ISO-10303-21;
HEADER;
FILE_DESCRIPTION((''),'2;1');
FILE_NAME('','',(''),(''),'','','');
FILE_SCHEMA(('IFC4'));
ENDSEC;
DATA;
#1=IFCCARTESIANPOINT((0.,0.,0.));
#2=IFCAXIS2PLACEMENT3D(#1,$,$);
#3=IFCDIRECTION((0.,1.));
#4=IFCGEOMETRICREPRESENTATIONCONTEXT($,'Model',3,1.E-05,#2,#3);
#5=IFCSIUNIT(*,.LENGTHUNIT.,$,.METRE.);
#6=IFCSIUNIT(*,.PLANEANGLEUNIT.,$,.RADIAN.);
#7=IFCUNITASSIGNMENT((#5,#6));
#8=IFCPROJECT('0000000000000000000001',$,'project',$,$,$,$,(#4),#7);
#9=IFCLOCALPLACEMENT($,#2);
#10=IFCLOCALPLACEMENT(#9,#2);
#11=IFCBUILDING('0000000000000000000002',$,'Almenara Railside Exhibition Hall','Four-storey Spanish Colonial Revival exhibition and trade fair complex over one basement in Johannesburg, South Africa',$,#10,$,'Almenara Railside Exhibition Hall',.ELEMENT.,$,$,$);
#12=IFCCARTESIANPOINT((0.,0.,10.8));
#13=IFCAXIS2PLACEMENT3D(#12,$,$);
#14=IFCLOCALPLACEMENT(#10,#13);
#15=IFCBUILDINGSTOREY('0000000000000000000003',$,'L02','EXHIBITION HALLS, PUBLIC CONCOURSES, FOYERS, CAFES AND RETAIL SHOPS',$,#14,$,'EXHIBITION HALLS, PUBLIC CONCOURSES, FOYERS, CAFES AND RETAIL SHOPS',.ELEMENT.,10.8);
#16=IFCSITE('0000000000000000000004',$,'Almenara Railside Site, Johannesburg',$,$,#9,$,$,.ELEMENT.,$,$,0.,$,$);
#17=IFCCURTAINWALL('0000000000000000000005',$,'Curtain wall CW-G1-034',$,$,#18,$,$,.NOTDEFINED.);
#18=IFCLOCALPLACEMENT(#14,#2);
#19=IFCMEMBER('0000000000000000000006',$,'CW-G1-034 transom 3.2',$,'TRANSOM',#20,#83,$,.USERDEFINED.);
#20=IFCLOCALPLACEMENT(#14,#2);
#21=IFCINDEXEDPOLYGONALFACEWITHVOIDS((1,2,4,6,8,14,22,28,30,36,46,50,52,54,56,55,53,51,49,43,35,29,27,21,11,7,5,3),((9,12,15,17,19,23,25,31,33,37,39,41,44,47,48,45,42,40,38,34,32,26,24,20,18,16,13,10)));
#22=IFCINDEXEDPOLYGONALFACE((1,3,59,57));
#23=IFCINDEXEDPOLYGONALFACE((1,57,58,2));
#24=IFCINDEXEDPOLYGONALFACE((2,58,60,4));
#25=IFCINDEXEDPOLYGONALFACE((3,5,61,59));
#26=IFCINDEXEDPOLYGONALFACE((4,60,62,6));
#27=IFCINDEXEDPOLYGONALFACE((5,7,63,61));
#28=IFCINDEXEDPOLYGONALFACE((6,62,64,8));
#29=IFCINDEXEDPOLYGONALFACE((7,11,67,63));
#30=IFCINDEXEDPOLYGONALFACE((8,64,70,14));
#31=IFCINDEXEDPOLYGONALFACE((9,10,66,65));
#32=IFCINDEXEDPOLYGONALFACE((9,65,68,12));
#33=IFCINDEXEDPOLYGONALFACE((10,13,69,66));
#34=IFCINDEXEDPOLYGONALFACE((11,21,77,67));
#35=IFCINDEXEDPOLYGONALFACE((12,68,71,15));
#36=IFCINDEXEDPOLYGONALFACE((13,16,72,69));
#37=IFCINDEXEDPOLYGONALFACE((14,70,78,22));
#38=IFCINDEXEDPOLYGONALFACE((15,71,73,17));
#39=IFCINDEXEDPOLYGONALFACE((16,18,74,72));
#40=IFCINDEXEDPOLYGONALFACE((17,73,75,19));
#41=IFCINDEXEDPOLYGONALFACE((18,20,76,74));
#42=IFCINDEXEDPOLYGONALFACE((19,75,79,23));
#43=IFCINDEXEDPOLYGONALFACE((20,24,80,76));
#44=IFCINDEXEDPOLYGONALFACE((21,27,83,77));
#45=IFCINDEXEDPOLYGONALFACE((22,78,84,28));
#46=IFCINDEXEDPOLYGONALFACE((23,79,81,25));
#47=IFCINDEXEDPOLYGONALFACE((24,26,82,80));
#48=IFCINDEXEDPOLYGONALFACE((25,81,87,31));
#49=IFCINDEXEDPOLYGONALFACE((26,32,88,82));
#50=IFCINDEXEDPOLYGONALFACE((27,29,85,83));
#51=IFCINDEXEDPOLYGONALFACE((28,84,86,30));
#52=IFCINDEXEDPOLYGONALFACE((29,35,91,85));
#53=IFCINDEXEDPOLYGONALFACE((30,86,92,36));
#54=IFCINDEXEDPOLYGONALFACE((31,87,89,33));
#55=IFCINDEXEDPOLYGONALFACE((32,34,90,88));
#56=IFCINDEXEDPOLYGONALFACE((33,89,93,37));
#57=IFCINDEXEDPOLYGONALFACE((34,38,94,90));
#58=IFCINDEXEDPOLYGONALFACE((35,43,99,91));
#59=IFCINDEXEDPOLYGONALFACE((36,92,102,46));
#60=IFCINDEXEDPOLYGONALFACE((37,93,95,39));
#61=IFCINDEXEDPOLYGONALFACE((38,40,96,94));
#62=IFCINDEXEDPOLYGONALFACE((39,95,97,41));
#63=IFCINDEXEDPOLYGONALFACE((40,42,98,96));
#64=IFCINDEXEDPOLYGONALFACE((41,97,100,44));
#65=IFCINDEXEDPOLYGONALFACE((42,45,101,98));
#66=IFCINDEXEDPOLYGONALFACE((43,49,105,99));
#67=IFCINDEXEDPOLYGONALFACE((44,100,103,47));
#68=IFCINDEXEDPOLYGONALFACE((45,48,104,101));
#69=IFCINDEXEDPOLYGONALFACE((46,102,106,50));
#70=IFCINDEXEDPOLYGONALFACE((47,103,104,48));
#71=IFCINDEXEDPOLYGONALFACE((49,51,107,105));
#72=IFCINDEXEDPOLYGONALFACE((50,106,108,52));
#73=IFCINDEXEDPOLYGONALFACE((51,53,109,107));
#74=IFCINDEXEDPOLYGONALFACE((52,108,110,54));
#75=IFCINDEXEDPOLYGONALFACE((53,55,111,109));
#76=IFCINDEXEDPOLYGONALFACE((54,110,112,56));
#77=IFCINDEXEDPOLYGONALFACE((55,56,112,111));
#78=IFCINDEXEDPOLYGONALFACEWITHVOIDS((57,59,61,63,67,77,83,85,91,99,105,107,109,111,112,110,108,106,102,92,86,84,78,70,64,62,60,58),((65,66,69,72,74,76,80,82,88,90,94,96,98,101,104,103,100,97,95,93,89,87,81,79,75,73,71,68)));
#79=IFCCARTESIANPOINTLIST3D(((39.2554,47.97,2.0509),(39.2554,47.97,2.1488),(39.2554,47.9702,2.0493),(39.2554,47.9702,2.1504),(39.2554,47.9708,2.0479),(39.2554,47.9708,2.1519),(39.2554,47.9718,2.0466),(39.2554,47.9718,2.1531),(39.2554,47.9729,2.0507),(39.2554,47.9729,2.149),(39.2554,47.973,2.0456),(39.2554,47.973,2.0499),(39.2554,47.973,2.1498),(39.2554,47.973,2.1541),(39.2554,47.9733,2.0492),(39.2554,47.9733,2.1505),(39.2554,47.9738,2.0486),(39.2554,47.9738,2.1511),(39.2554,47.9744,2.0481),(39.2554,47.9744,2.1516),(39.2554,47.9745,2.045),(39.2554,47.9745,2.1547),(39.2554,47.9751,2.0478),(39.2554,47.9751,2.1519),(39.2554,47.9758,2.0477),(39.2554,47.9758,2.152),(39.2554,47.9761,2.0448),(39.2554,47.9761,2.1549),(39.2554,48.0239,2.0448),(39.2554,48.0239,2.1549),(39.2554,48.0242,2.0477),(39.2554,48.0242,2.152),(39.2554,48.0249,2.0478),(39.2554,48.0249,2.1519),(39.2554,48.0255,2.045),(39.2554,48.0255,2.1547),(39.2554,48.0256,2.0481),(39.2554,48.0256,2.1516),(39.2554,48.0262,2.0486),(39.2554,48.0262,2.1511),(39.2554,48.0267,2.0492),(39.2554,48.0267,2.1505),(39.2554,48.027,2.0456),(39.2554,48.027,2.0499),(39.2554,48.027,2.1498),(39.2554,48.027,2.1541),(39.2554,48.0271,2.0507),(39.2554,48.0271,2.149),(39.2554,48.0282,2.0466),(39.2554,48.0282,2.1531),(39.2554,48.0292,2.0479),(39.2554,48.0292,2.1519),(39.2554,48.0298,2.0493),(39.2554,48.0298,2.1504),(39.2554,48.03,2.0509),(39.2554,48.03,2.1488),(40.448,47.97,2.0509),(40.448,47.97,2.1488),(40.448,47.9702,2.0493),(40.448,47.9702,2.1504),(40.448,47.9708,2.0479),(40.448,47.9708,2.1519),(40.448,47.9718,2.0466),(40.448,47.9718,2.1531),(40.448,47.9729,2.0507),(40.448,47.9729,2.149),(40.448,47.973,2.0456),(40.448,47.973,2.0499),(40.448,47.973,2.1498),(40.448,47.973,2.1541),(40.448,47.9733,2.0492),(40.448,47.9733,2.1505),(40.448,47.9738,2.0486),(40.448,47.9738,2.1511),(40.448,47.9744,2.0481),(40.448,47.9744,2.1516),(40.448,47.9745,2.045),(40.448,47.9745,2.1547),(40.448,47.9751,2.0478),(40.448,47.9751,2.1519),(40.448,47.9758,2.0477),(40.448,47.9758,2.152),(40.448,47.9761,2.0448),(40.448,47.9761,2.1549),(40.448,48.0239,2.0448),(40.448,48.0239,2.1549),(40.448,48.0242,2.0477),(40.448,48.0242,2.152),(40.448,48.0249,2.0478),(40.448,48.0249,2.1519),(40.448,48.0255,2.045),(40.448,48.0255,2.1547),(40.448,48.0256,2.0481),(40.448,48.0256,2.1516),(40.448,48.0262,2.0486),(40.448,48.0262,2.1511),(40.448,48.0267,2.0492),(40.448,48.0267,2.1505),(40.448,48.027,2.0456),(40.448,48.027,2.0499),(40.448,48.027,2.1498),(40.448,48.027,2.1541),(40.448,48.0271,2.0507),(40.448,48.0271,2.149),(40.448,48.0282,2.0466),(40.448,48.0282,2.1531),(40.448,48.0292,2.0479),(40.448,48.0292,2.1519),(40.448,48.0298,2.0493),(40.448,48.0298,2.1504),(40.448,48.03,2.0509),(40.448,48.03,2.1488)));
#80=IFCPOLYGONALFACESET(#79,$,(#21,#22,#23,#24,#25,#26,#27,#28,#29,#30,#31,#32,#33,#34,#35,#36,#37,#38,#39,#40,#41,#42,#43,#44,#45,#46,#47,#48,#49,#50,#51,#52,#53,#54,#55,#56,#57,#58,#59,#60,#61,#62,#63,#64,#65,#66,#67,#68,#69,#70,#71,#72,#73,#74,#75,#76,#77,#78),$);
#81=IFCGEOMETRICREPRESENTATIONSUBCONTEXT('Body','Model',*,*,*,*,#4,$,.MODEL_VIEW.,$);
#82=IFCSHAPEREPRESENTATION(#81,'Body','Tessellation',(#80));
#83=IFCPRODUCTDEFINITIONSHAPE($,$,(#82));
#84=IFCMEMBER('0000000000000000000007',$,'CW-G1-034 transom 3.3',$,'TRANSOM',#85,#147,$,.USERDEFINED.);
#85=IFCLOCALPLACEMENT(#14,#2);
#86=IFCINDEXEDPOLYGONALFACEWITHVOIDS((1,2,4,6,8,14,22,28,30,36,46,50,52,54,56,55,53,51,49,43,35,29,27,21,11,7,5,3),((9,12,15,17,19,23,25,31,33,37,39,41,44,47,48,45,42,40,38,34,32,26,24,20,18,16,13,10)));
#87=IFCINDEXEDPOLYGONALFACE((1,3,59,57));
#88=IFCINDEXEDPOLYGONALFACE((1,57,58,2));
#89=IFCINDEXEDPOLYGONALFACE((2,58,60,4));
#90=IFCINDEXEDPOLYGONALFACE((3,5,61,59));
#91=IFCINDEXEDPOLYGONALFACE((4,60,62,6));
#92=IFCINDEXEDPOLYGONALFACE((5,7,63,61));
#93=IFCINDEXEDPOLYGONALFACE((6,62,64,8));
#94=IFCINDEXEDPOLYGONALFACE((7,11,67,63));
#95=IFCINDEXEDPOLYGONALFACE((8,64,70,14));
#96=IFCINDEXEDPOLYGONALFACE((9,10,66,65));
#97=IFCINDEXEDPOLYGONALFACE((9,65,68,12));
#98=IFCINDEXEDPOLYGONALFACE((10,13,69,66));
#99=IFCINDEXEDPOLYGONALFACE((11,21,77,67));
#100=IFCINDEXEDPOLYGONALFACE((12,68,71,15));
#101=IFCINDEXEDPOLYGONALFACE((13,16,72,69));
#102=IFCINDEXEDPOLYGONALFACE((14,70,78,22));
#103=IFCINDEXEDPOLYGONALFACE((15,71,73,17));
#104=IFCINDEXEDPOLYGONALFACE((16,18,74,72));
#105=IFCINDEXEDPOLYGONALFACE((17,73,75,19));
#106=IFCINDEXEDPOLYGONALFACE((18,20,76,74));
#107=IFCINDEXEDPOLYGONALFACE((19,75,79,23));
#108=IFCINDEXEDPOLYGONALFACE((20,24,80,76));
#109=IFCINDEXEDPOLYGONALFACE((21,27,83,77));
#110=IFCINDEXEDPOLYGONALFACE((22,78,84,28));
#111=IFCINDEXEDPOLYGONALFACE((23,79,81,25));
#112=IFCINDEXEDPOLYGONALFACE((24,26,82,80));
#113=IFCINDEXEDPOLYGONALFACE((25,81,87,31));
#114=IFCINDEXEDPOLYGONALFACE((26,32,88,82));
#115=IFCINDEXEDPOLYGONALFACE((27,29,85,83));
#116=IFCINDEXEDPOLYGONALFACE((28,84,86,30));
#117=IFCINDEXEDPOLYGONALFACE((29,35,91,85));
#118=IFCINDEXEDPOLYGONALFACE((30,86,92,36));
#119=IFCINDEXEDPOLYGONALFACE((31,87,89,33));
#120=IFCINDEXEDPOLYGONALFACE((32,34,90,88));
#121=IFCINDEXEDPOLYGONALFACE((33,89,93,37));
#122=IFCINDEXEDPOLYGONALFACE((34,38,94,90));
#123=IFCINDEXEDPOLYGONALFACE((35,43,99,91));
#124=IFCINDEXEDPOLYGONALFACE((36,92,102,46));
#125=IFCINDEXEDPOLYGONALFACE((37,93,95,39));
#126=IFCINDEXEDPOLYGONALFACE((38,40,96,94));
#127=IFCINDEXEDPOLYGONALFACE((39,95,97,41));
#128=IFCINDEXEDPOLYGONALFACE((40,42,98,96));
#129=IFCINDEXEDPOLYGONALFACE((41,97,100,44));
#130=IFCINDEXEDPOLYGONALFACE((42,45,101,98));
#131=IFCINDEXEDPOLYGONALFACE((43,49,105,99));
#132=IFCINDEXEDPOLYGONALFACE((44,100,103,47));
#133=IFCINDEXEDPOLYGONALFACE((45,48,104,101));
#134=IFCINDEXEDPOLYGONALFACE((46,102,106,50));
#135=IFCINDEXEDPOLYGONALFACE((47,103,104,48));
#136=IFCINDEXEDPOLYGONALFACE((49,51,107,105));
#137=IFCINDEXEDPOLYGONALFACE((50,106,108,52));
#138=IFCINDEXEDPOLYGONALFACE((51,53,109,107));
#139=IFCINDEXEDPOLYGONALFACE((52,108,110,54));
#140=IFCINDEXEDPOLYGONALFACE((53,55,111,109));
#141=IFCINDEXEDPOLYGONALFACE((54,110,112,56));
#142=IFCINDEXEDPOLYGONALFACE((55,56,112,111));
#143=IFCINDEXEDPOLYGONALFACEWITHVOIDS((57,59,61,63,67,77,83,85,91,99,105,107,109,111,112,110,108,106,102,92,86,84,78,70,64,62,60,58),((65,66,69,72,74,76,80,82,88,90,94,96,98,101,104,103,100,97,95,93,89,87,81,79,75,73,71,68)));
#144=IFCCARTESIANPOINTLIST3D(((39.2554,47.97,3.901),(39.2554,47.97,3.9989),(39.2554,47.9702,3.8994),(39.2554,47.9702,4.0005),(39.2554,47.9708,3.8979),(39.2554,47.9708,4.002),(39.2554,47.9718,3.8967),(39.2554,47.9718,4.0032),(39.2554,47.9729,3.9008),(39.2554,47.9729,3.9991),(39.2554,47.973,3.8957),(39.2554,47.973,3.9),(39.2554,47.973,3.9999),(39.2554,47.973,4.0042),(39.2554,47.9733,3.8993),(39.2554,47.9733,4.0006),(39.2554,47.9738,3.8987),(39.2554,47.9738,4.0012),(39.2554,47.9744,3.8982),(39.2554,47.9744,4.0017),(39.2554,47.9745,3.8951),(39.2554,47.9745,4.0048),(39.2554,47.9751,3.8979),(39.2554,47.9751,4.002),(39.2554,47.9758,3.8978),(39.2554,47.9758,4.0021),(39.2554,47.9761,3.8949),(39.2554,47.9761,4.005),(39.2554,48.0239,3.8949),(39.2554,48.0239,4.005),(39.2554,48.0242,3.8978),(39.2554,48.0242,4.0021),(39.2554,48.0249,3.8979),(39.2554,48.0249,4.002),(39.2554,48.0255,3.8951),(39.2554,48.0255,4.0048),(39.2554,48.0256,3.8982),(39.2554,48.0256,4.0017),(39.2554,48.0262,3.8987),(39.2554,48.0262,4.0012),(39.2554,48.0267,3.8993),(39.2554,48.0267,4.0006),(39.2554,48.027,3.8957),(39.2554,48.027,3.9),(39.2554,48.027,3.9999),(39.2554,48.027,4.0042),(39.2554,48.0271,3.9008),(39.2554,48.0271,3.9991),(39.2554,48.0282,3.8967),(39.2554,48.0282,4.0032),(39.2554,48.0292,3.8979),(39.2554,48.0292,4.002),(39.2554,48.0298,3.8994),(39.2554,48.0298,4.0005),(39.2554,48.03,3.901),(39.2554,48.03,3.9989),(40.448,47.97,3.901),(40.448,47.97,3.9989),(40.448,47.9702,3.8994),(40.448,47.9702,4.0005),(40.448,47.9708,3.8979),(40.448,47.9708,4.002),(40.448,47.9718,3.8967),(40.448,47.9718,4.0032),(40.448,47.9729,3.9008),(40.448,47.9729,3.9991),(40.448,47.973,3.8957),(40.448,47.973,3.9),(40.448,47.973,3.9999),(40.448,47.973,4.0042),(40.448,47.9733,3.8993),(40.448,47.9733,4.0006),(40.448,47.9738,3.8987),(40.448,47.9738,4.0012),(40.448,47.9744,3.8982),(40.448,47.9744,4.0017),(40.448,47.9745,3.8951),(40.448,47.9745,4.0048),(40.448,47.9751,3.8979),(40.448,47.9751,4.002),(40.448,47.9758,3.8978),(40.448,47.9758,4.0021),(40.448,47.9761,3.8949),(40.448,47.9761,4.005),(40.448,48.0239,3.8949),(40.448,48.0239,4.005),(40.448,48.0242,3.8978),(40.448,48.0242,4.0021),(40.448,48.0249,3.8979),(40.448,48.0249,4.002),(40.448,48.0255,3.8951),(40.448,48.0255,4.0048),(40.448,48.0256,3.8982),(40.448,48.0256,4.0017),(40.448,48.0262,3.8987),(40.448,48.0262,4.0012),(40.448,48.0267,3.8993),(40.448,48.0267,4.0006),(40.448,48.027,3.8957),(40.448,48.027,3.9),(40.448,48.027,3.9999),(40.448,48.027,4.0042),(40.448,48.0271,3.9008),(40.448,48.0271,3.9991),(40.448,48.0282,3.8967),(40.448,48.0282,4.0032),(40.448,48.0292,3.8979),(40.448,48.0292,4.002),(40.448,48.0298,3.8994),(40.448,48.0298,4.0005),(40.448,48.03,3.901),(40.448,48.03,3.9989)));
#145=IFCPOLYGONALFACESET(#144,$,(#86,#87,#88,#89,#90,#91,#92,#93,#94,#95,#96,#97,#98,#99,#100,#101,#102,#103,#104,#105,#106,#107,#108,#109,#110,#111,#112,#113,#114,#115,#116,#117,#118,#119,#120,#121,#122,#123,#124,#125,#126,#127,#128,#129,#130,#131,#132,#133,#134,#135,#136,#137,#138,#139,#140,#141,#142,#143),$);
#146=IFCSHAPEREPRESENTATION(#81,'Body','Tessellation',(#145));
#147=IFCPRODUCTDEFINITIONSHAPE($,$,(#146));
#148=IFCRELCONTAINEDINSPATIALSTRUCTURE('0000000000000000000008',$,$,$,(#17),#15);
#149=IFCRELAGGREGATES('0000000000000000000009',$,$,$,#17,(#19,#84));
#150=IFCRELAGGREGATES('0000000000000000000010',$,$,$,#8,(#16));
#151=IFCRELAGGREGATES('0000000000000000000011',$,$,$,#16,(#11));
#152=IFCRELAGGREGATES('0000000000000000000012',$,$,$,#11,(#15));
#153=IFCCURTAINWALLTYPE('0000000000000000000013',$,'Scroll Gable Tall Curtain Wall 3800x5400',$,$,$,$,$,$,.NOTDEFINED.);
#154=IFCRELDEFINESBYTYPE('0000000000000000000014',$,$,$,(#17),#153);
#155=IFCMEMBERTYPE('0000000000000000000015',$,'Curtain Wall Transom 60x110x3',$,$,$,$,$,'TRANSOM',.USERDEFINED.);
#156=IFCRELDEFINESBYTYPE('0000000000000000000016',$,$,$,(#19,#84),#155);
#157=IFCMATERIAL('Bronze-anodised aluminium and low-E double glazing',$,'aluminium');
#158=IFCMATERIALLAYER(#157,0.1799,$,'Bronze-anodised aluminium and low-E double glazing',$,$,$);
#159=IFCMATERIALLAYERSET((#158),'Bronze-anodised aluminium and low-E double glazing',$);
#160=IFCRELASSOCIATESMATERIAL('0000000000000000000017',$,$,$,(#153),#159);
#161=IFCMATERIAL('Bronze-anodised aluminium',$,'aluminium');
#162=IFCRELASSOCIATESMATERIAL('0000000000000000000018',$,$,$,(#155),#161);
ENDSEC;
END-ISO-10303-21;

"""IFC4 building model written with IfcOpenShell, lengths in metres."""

from ifc_helpers import new_model, si_unit, direction, frame, origin, origin_2d, place, context, subcontext, project, spatial, hollow_rectangle, extrude, material, layer, layer_set, material_profile, profile_set, type_object, element, aggregate, save


model = new_model("IFC4")

# Units and contexts
model_context = context("Model", 3, precision=1e-05, world=origin(), true_north=direction((0.0, 1.0)))
body_context = subcontext(model_context, "Body", "Model", "MODEL_VIEW")
ifc_project = project(units=[si_unit("LENGTHUNIT", "METRE"), si_unit("PLANEANGLEUNIT", "RADIAN")], contexts=[model_context])

# Site, building, storey
site_placement = place(None, origin())
site = spatial("IfcSite", under=ifc_project, at=site_placement, Name="Almenara Railside Site, Johannesburg", CompositionType="ELEMENT", RefElevation=0.0)
building_placement = place(site_placement, origin())
building = spatial("IfcBuilding", under=site, at=building_placement, Name="Almenara Railside Exhibition Hall", Description="Four-storey Spanish Colonial Revival exhibition and trade fair complex over one basement in Johannesburg, South Africa", LongName="Almenara Railside Exhibition Hall", CompositionType="ELEMENT")
storey_placement = place(building_placement, frame((0.0, 0.0, 10.8)))
storey = spatial("IfcBuildingStorey", under=building, at=storey_placement, Name="L02", Description="EXHIBITION HALLS, PUBLIC CONCOURSES, FOYERS, CAFES AND RETAIL SHOPS", LongName="EXHIBITION HALLS, PUBLIC CONCOURSES, FOYERS, CAFES AND RETAIL SHOPS", CompositionType="ELEMENT", Elevation=10.8)

# Curtain wall
ifc_material_1 = material(Name="Bronze-anodised aluminium and low-E double glazing", Category="aluminium")
ifc_layer_1 = layer(ifc_material_1, 0.1799, Name="Bronze-anodised aluminium and low-E double glazing")
ifc_layer_set_1 = layer_set([ifc_layer_1], Name="Bronze-anodised aluminium and low-E double glazing")
curtain_wall_type = type_object("IfcCurtainWallType", Name="Scroll Gable Tall Curtain Wall 3800x5400", PredefinedType="NOTDEFINED", material=ifc_layer_set_1)
ifc_material_2 = material(Name="Bronze-anodised aluminium", Category="aluminium")
curtain_wall_1_placement = place(storey_placement, origin())
curtain_wall_1 = element("IfcCurtainWall", 1, at=curtain_wall_1_placement, inside=storey, type_object=curtain_wall_type, Name="Curtain wall CW-G1-034", PredefinedType="NOTDEFINED")

# Members
ifc_material_profile_1 = material_profile(ifc_material_2, hollow_rectangle(XDim=0.0601, YDim=0.1101, WallThickness=0.0029, InnerFilletRadius=0.0029, OuterFilletRadius=0.0061, at=origin_2d()), Name="ALU-TRN 60x110x3")
ifc_profile_set_1 = profile_set([ifc_material_profile_1], Name="Bronze-anodised aluminium")
member_type_1 = type_object("IfcMemberType", Name="Curtain Wall Transom 60x110x3", ElementType="TRANSOM", PredefinedType="USERDEFINED", material=ifc_profile_set_1)
member_1_placement = place(storey_placement, frame((39.2554, 48.0, 2.0999), z_axis=(1.0, 0.0, 0.0), x_axis=(0.0, 1.0, 0.0)))
member_1 = element("IfcMember", 2, at=member_1_placement, type_object=member_type_1, Name="CW-G1-034 transom 3.2", ObjectType="TRANSOM", PredefinedType="USERDEFINED", context=body_context, shape_type="SweptSolid", body=[
    extrude(hollow_rectangle(XDim=0.0601, YDim=0.1101, WallThickness=0.0029, InnerFilletRadius=0.0029, OuterFilletRadius=0.0061, at=origin_2d()), origin(), (0.0, 0.0, 1.0), 1.1926),
])
member_2_placement = place(storey_placement, frame((39.2554, 48.0, 3.95), z_axis=(1.0, 0.0, 0.0), x_axis=(0.0, 1.0, 0.0)))
member_2 = element("IfcMember", 3, at=member_2_placement, type_object=member_type_1, Name="CW-G1-034 transom 3.3", ObjectType="TRANSOM", PredefinedType="USERDEFINED", context=body_context, shape_type="SweptSolid", body=[
    extrude(hollow_rectangle(XDim=0.0601, YDim=0.1101, WallThickness=0.0029, InnerFilletRadius=0.0029, OuterFilletRadius=0.0061, at=origin_2d()), origin(), (0.0, 0.0, 1.0), 1.1926),
])

aggregate(curtain_wall_1, [member_1, member_2])

save(model, "model.ifc")
